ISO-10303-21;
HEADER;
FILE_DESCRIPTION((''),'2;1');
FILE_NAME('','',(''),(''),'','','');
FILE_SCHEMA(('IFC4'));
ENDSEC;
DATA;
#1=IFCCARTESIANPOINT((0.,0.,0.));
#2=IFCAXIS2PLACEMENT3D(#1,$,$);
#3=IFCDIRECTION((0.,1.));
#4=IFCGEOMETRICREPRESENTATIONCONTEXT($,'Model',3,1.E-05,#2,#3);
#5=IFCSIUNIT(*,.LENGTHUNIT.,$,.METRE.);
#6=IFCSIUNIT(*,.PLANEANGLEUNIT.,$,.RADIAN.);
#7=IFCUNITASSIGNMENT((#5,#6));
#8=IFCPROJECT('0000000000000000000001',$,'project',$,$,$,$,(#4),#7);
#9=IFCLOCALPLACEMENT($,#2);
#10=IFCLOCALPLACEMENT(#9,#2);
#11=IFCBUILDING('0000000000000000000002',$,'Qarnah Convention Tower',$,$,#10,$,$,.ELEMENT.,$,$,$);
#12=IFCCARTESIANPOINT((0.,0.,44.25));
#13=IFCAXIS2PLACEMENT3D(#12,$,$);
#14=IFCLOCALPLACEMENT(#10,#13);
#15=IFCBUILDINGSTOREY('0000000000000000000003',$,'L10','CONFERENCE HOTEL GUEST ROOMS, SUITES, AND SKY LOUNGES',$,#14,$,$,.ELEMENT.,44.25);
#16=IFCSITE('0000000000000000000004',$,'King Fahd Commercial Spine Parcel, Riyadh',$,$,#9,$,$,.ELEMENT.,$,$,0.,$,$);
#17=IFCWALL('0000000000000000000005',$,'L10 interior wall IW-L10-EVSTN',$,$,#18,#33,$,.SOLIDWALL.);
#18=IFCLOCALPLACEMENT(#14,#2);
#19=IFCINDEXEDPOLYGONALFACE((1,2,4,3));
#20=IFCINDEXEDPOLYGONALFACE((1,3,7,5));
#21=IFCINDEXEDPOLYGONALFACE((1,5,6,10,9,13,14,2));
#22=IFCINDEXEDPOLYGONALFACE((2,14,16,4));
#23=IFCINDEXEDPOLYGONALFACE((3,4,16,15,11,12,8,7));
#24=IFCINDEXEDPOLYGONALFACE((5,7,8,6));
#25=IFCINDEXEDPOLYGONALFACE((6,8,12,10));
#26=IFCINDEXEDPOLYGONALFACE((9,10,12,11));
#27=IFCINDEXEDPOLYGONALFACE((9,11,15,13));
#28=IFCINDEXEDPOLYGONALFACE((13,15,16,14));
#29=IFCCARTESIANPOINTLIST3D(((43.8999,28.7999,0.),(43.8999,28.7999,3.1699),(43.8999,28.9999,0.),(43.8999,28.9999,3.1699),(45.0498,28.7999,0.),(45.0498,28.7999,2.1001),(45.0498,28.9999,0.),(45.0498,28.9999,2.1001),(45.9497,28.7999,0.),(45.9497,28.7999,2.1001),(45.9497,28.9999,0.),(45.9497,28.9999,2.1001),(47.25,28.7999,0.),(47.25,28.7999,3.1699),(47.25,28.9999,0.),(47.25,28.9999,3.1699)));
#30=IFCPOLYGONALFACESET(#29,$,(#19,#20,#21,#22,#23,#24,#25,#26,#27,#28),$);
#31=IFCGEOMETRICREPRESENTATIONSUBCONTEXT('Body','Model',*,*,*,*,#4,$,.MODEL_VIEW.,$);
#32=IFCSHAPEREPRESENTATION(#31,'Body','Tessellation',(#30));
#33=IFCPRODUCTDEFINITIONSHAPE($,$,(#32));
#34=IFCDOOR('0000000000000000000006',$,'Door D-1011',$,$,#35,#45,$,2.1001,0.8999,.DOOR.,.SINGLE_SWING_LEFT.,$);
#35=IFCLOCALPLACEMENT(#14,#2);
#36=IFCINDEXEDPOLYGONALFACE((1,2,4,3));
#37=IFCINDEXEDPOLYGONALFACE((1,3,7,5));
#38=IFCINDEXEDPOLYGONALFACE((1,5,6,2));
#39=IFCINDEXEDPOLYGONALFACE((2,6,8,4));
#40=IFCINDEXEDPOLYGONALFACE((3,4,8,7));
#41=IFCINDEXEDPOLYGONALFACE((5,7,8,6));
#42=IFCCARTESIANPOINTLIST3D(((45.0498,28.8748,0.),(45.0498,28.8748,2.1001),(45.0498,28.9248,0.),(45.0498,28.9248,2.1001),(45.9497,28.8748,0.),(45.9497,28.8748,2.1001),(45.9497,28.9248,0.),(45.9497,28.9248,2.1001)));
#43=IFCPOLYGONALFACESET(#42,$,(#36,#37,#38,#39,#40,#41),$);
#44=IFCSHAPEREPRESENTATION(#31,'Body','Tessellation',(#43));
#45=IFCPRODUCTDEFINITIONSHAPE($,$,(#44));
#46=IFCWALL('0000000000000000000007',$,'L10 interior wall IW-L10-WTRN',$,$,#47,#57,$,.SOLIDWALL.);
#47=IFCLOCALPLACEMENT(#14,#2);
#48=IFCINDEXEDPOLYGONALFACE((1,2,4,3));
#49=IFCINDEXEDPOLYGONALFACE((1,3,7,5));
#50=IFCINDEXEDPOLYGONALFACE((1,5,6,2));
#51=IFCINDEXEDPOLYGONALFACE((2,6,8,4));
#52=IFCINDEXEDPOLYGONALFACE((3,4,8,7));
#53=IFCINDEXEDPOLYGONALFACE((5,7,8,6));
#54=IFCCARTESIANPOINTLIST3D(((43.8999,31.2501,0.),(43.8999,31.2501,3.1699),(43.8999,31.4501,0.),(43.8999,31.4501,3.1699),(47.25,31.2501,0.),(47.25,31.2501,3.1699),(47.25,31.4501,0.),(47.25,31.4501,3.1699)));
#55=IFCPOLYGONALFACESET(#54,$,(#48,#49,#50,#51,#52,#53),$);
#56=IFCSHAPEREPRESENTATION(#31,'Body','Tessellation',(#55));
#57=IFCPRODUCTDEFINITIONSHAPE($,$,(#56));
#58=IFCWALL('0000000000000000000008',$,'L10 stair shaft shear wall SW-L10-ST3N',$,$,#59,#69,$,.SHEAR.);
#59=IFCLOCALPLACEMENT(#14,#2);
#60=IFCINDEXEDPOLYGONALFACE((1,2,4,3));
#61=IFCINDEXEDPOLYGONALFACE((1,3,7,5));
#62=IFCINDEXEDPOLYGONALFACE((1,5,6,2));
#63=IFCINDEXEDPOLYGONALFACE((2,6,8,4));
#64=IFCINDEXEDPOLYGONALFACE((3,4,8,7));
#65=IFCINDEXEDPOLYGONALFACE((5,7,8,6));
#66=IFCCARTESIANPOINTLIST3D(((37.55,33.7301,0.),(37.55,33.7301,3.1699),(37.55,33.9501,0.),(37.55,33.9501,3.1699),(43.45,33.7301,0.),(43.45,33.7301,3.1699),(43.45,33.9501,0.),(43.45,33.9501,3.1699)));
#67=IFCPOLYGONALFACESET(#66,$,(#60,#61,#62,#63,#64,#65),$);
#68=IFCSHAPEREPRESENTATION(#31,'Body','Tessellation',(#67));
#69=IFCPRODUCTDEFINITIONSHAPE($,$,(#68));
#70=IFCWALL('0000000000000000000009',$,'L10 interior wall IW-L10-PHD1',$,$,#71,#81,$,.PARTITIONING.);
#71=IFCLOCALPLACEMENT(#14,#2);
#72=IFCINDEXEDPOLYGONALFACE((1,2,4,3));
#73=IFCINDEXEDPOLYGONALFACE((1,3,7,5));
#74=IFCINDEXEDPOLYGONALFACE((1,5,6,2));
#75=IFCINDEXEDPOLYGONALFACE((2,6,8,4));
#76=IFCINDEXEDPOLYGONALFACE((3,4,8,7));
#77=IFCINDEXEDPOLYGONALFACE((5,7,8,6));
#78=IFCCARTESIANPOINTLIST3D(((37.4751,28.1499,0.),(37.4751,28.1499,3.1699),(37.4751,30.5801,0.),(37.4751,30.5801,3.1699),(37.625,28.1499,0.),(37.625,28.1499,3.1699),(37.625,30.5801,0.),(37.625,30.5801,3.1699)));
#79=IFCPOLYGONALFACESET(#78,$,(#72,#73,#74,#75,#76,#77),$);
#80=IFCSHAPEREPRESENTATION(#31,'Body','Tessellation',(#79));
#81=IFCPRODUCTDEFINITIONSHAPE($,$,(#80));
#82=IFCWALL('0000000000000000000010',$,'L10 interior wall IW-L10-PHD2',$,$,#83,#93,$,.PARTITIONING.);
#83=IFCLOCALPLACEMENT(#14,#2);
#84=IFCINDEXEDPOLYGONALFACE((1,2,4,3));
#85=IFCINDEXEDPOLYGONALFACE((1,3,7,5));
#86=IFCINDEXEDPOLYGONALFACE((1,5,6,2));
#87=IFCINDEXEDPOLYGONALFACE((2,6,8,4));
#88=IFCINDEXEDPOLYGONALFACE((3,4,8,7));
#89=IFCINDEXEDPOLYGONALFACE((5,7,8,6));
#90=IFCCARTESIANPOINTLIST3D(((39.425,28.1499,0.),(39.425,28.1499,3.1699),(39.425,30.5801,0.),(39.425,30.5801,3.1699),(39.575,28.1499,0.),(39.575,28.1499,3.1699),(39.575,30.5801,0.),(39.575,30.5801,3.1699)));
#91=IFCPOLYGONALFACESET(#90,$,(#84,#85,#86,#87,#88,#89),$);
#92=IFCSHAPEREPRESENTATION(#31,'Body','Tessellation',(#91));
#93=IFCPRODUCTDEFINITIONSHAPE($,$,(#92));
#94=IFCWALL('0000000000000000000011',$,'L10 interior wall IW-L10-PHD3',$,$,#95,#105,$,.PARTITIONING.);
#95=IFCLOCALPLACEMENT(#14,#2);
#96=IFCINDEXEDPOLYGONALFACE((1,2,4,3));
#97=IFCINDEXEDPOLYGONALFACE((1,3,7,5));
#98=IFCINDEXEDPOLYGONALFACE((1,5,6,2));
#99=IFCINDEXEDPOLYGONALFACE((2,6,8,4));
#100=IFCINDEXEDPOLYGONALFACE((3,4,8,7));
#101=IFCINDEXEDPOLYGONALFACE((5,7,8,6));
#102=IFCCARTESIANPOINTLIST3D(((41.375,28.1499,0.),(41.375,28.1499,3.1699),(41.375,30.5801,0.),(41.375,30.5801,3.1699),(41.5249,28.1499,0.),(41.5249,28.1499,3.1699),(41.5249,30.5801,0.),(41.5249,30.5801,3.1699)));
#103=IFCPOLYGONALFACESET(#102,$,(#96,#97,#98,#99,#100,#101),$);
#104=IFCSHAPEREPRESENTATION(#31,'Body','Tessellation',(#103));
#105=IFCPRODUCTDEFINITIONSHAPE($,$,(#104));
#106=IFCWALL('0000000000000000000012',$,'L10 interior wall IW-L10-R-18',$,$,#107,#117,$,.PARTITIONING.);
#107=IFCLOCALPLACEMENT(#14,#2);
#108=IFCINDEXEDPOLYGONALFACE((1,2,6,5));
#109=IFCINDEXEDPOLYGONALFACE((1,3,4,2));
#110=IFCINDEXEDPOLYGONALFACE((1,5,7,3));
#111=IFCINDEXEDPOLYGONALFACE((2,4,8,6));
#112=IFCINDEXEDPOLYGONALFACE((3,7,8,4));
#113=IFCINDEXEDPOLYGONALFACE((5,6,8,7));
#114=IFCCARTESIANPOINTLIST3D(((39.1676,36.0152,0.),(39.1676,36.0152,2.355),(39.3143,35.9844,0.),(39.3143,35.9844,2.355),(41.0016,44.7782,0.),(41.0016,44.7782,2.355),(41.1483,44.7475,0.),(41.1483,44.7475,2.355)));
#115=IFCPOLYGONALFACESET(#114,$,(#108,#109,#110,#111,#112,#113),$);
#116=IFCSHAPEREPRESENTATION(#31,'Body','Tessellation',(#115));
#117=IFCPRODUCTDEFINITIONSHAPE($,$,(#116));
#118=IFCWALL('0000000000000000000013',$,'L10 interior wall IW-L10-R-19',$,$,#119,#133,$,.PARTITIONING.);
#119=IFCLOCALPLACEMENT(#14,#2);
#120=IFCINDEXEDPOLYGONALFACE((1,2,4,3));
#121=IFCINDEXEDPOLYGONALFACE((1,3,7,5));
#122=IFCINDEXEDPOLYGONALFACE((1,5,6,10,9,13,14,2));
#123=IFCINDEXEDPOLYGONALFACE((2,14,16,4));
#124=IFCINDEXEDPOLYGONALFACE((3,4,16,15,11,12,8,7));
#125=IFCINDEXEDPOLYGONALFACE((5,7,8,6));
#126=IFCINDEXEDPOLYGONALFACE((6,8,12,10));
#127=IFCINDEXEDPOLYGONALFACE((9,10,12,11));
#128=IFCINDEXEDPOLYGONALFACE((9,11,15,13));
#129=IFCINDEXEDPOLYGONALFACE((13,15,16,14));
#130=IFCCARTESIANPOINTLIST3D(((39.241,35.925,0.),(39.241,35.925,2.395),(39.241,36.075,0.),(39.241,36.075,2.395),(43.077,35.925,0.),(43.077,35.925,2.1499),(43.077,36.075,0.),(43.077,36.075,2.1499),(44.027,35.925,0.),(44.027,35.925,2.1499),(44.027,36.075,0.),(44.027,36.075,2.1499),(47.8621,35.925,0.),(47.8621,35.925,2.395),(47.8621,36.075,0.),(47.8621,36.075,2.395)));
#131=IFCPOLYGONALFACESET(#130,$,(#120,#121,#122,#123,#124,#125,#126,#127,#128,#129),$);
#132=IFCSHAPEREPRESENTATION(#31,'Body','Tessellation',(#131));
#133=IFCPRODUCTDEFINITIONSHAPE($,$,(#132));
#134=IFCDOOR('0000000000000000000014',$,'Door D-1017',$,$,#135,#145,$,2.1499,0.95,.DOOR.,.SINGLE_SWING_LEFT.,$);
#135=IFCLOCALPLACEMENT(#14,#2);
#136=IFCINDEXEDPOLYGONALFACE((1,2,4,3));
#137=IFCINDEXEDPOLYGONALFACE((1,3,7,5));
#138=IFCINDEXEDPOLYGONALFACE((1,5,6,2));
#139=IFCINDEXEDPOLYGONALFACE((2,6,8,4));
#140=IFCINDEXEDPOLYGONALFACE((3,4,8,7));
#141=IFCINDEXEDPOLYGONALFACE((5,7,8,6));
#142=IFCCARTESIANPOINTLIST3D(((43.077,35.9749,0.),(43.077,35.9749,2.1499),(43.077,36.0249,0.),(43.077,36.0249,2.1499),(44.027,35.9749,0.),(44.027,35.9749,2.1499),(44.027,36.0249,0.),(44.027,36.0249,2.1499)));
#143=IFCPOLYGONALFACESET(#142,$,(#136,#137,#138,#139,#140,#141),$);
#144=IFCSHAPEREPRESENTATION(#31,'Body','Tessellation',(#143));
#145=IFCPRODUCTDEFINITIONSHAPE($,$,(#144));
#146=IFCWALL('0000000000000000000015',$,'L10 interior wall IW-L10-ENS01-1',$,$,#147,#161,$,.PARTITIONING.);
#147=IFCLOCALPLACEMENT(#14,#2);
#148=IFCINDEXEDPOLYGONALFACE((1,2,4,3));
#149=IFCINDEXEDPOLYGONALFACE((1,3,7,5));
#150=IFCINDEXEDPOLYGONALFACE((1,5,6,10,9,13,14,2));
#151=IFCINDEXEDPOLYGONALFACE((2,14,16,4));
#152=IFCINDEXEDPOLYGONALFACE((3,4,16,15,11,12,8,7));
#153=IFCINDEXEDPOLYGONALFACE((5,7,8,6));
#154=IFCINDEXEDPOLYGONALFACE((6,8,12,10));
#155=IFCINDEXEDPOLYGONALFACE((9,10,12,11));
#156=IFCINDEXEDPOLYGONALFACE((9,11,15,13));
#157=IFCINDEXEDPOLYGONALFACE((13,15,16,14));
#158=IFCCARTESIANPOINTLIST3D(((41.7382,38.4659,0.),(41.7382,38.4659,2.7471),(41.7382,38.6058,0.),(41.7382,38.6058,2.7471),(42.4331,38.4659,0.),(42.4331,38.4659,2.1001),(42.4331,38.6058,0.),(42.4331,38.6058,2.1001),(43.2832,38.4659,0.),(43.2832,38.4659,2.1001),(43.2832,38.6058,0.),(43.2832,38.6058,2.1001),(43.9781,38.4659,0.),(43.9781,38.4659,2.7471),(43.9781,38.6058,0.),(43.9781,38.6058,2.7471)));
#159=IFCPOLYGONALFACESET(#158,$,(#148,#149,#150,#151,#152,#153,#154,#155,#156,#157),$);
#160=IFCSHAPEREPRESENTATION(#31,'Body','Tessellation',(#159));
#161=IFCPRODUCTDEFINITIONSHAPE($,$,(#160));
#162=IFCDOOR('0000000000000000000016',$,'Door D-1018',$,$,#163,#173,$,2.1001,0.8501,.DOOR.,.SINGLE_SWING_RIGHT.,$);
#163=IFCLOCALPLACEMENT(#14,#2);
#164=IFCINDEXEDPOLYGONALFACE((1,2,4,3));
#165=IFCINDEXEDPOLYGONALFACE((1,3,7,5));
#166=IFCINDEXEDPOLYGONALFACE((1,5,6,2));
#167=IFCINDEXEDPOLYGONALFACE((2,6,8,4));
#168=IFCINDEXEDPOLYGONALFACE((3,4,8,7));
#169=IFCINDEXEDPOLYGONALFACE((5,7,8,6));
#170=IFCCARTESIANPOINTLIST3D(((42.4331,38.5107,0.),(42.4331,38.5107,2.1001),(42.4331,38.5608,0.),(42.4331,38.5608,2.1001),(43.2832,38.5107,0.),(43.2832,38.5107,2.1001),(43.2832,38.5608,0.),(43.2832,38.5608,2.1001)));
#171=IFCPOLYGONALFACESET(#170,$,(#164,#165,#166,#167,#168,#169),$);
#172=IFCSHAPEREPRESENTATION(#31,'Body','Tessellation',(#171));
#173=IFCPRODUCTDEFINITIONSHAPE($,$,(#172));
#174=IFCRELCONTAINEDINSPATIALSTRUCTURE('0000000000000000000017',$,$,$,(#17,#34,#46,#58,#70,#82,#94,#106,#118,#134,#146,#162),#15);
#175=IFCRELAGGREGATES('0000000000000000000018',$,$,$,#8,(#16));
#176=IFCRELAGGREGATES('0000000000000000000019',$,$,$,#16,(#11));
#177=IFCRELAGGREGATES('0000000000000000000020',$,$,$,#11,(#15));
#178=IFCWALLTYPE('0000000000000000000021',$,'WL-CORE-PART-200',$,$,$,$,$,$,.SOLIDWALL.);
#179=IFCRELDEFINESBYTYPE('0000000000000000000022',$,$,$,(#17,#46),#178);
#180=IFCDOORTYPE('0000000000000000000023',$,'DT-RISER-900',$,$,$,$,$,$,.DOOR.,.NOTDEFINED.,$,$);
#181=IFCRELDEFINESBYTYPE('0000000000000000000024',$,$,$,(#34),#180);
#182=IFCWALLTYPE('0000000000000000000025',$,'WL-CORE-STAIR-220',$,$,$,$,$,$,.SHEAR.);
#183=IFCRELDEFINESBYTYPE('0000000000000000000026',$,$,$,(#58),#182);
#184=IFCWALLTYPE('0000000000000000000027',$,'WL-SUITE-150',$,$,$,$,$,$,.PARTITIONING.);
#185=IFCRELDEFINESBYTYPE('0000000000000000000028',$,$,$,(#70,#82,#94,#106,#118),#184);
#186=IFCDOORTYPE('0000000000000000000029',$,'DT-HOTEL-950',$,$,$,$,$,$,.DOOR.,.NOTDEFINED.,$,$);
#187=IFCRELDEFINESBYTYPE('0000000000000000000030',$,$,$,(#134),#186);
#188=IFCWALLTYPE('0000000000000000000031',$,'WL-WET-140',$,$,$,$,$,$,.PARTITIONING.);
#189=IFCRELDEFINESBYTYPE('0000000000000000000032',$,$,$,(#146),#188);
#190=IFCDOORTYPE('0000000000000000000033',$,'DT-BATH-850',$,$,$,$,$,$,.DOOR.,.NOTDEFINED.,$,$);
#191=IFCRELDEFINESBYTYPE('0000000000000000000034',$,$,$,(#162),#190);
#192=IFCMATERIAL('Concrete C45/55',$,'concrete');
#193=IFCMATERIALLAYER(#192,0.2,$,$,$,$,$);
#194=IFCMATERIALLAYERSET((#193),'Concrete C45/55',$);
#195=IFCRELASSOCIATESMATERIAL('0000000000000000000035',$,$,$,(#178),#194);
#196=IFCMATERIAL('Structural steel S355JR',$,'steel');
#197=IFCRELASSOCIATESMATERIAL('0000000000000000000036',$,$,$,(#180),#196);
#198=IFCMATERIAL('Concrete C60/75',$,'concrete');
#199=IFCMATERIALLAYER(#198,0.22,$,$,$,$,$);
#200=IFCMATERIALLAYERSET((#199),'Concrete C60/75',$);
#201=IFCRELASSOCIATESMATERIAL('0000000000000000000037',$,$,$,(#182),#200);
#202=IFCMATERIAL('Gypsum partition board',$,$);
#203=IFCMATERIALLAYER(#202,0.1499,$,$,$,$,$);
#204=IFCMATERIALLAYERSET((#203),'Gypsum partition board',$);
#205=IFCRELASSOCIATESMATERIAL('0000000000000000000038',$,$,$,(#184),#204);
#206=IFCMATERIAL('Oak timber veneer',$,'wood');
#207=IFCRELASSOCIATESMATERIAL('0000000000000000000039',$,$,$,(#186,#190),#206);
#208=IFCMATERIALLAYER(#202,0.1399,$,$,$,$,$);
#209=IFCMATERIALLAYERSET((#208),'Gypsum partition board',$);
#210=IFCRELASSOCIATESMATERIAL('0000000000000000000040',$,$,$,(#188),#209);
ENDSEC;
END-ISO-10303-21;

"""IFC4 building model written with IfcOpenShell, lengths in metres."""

from ifc_helpers import new_model, si_unit, direction, frame, frame_2d, origin, place, context, subcontext, project, spatial, rectangle, extrude, material, layer, layer_set, type_object, element, fill, save


model = new_model("IFC4")

# Units and contexts
model_context = context("Model", 3, precision=1e-05, world=origin(), true_north=direction((0.0, 1.0)))
body_context = subcontext(model_context, "Body", "Model", "MODEL_VIEW")
ifc_project = project(units=[si_unit("LENGTHUNIT", "METRE"), si_unit("PLANEANGLEUNIT", "RADIAN")], contexts=[model_context])

# Site, building, storey
site_placement = place(None, origin())
site = spatial("IfcSite", under=ifc_project, at=site_placement, Name="King Fahd Commercial Spine Parcel, Riyadh", CompositionType="ELEMENT", RefElevation=0.0)
building_placement = place(site_placement, origin())
building = spatial("IfcBuilding", under=site, at=building_placement, Name="Qarnah Convention Tower", CompositionType="ELEMENT")
storey_placement = place(building_placement, frame((0.0, 0.0, 44.25)))
storey = spatial("IfcBuildingStorey", under=building, at=storey_placement, Name="L10", Description="CONFERENCE HOTEL GUEST ROOMS, SUITES, AND SKY LOUNGES", CompositionType="ELEMENT", Elevation=44.25)

# Shared definitions
ifc_material_1 = material(Name="Structural steel S355JR", Category="steel")

# Wall, opening, door
ifc_material_2 = material(Name="Concrete C45/55", Category="concrete")
ifc_layer_1 = layer(ifc_material_2, 0.2)
ifc_layer_set_1 = layer_set([ifc_layer_1], Name="Concrete C45/55")
wall_type_1 = type_object("IfcWallType", Name="WL-CORE-PART-200", PredefinedType="SOLIDWALL", material=ifc_layer_set_1)
wall_1_placement = place(storey_placement, frame((43.8999, 28.8999, 0.0), z_axis=(0.0, 0.0, 1.0), x_axis=(1.0, 0.0, 0.0)))
wall_1 = element("IfcWall", 1, at=wall_1_placement, inside=storey, type_object=wall_type_1, Name="L10 interior wall IW-L10-EVSTN", PredefinedType="SOLIDWALL", context=body_context, shape_type="SweptSolid", body=[
    extrude(rectangle(XDim=3.3501, YDim=0.2, at=frame_2d((1.675, 0.0))), origin(), (0.0, 0.0, 1.0), 3.1699),
])
opening_1_placement = place(wall_1_placement, frame((1.1499, 0.0, 0.0)))
opening_1 = element("IfcOpeningElement", 2, at=opening_1_placement, cuts=wall_1, PredefinedType="OPENING", context=body_context, shape_type="SweptSolid", body=[
    extrude(rectangle(XDim=0.8999, YDim=2.1001, at=frame_2d((0.45, 1.05))), frame((0.0, 0.1099, 0.0), z_axis=(0.0, -1.0, 0.0), x_axis=(1.0, 0.0, 0.0)), (0.0, 0.0, 1.0), 0.22),
])
door_type_1 = type_object("IfcDoorType", Name="DT-RISER-900", OperationType="NOTDEFINED", PredefinedType="DOOR", material=ifc_material_1)
door_1_placement = place(opening_1_placement, origin())
door_1 = element("IfcDoor", 3, at=door_1_placement, inside=storey, type_object=door_type_1, Name="Door D-1011", OperationType="SINGLE_SWING_LEFT", OverallHeight=2.1001, OverallWidth=0.8999, PredefinedType="DOOR", context=body_context, shape_type="SweptSolid", body=[
    extrude(rectangle(XDim=0.8999, YDim=2.1001, at=frame_2d((0.45, 1.05))), frame((0.0, 0.0249, 0.0), z_axis=(0.0, -1.0, 0.0), x_axis=(1.0, 0.0, 0.0)), (0.0, 0.0, 1.0), 0.05),
])
fill(opening_1, door_1)

# Walls
wall_2_placement = place(storey_placement, frame((43.8999, 31.3501, 0.0), z_axis=(0.0, 0.0, 1.0), x_axis=(1.0, 0.0, 0.0)))
element("IfcWall", 4, at=wall_2_placement, inside=storey, type_object=wall_type_1, Name="L10 interior wall IW-L10-WTRN", PredefinedType="SOLIDWALL", context=body_context, shape_type="SweptSolid", body=[
    extrude(rectangle(XDim=3.3501, YDim=0.2, at=frame_2d((1.675, 0.0))), origin(), (0.0, 0.0, 1.0), 3.1699),
])
ifc_material_3 = material(Name="Concrete C60/75", Category="concrete")
ifc_layer_2 = layer(ifc_material_3, 0.22)
ifc_layer_set_2 = layer_set([ifc_layer_2], Name="Concrete C60/75")
wall_type_2 = type_object("IfcWallType", Name="WL-CORE-STAIR-220", PredefinedType="SHEAR", material=ifc_layer_set_2)
wall_3_placement = place(storey_placement, frame((37.55, 33.8401, 0.0), z_axis=(0.0, 0.0, 1.0), x_axis=(1.0, 0.0, 0.0)))
element("IfcWall", 5, at=wall_3_placement, inside=storey, type_object=wall_type_2, Name="L10 stair shaft shear wall SW-L10-ST3N", PredefinedType="SHEAR", context=body_context, shape_type="SweptSolid", body=[
    extrude(rectangle(XDim=5.8999, YDim=0.22, at=frame_2d((2.95, 0.0))), origin(), (0.0, 0.0, 1.0), 3.1699),
])
ifc_material_4 = material(Name="Gypsum partition board")
ifc_layer_3 = layer(ifc_material_4, 0.1499)
ifc_layer_set_3 = layer_set([ifc_layer_3], Name="Gypsum partition board")
wall_type_3 = type_object("IfcWallType", Name="WL-SUITE-150", PredefinedType="PARTITIONING", material=ifc_layer_set_3)
for number, where, z_axis, x_axis, name in (
    (6, (37.55, 28.1499, 0.0), (0.0, 0.0, 1.0), (0.0, 1.0, 0.0), "L10 interior wall IW-L10-PHD1"),
    (7, (39.5, 28.1499, 0.0), (0.0, 0.0, 1.0), (0.0, 1.0, 0.0), "L10 interior wall IW-L10-PHD2"),
    (8, (41.45, 28.1499, 0.0), (0.0, 0.0, 1.0), (0.0, 1.0, 0.0), "L10 interior wall IW-L10-PHD3"),
):
    element("IfcWall", number, at=place(storey_placement, frame(where, z_axis=z_axis, x_axis=x_axis)), inside=storey, type_object=wall_type_3, Name=name, PredefinedType="PARTITIONING", context=body_context, shape_type="SweptSolid", body=[
        extrude(rectangle(XDim=2.4302, YDim=0.1499, at=frame_2d((1.2151, 0.0))), origin(), (0.0, 0.0, 1.0), 3.1699),
    ])
wall_4_placement = place(storey_placement, frame((41.075, 44.7629, 0.0), z_axis=(0.0, 0.0, 1.0), x_axis=(-0.20485, -0.978793, 0.0)))
element("IfcWall", 9, at=wall_4_placement, inside=storey, type_object=wall_type_3, Name="L10 interior wall IW-L10-R-18", PredefinedType="PARTITIONING", context=body_context, shape_type="SweptSolid", body=[
    extrude(rectangle(XDim=8.9529, YDim=0.1499, at=frame_2d((4.4766, 0.0))), origin(), (0.0, 0.0, 1.0), 2.355),
])

# Walls, openings, doors
wall_5_placement = place(storey_placement, frame((39.241, 36.0, 0.0), z_axis=(0.0, 0.0, 1.0), x_axis=(1.0, 0.0, 0.0)))
wall_5 = element("IfcWall", 10, at=wall_5_placement, inside=storey, type_object=wall_type_3, Name="L10 interior wall IW-L10-R-19", PredefinedType="PARTITIONING", context=body_context, shape_type="SweptSolid", body=[
    extrude(rectangle(XDim=8.6211, YDim=0.1499, at=frame_2d((4.3105, 0.0))), origin(), (0.0, 0.0, 1.0), 2.395),
])
opening_2_placement = place(wall_5_placement, frame((3.8359, 0.0, 0.0)))
opening_2 = element("IfcOpeningElement", 11, at=opening_2_placement, cuts=wall_5, PredefinedType="OPENING", context=body_context, shape_type="SweptSolid", body=[
    extrude(rectangle(XDim=0.95, YDim=2.1499, at=frame_2d((0.4751, 1.075))), frame((0.0, 0.085, 0.0), z_axis=(0.0, -1.0, 0.0), x_axis=(1.0, 0.0, 0.0)), (0.0, 0.0, 1.0), 0.1699),
])
ifc_material_5 = material(Name="Oak timber veneer", Category="wood")
door_type_2 = type_object("IfcDoorType", Name="DT-HOTEL-950", OperationType="NOTDEFINED", PredefinedType="DOOR", material=ifc_material_5)
door_2_placement = place(opening_2_placement, origin())
door_2 = element("IfcDoor", 12, at=door_2_placement, inside=storey, type_object=door_type_2, Name="Door D-1017", OperationType="SINGLE_SWING_LEFT", OverallHeight=2.1499, OverallWidth=0.95, PredefinedType="DOOR", context=body_context, shape_type="SweptSolid", body=[
    extrude(rectangle(XDim=0.95, YDim=2.1499, at=frame_2d((0.4751, 1.075))), frame((0.0, 0.0249, 0.0), z_axis=(0.0, -1.0, 0.0), x_axis=(1.0, 0.0, 0.0)), (0.0, 0.0, 1.0), 0.05),
])
fill(opening_2, door_2)
ifc_layer_4 = layer(ifc_material_4, 0.1399)
ifc_layer_set_4 = layer_set([ifc_layer_4], Name="Gypsum partition board")
wall_type_4 = type_object("IfcWallType", Name="WL-WET-140", PredefinedType="PARTITIONING", material=ifc_layer_set_4)
wall_6_placement = place(storey_placement, frame((41.738, 38.5359, 0.0), z_axis=(0.0, 0.0, 1.0), x_axis=(1.0, 0.0, 0.0)))
wall_6 = element("IfcWall", 13, at=wall_6_placement, inside=storey, type_object=wall_type_4, Name="L10 interior wall IW-L10-ENS01-1", PredefinedType="PARTITIONING", context=body_context, shape_type="SweptSolid", body=[
    extrude(rectangle(XDim=2.24, YDim=0.1399, at=frame_2d((1.1201, 0.0))), origin(), (0.0, 0.0, 1.0), 2.7471),
])
opening_3_placement = place(wall_6_placement, frame((0.6951, 0.0, 0.0)))
opening_3 = element("IfcOpeningElement", 14, at=opening_3_placement, cuts=wall_6, PredefinedType="OPENING", context=body_context, shape_type="SweptSolid", body=[
    extrude(rectangle(XDim=0.8501, YDim=2.1001, at=frame_2d((0.425, 1.05))), frame((0.0, 0.0798, 0.0), z_axis=(0.0, -1.0, 0.0), x_axis=(1.0, 0.0, 0.0)), (0.0, 0.0, 1.0), 0.1599),
])
door_type_3 = type_object("IfcDoorType", Name="DT-BATH-850", OperationType="NOTDEFINED", PredefinedType="DOOR", material=ifc_material_5)
door_3_placement = place(opening_3_placement, origin())
door_3 = element("IfcDoor", 15, at=door_3_placement, inside=storey, type_object=door_type_3, Name="Door D-1018", OperationType="SINGLE_SWING_RIGHT", OverallHeight=2.1001, OverallWidth=0.8501, PredefinedType="DOOR", context=body_context, shape_type="SweptSolid", body=[
    extrude(rectangle(XDim=0.8501, YDim=2.1001, at=frame_2d((0.425, 1.05))), frame((0.0, 0.0249, 0.0), z_axis=(0.0, -1.0, 0.0), x_axis=(1.0, 0.0, 0.0)), (0.0, 0.0, 1.0), 0.05),
])
fill(opening_3, door_3)

save(model, "model.ifc")
